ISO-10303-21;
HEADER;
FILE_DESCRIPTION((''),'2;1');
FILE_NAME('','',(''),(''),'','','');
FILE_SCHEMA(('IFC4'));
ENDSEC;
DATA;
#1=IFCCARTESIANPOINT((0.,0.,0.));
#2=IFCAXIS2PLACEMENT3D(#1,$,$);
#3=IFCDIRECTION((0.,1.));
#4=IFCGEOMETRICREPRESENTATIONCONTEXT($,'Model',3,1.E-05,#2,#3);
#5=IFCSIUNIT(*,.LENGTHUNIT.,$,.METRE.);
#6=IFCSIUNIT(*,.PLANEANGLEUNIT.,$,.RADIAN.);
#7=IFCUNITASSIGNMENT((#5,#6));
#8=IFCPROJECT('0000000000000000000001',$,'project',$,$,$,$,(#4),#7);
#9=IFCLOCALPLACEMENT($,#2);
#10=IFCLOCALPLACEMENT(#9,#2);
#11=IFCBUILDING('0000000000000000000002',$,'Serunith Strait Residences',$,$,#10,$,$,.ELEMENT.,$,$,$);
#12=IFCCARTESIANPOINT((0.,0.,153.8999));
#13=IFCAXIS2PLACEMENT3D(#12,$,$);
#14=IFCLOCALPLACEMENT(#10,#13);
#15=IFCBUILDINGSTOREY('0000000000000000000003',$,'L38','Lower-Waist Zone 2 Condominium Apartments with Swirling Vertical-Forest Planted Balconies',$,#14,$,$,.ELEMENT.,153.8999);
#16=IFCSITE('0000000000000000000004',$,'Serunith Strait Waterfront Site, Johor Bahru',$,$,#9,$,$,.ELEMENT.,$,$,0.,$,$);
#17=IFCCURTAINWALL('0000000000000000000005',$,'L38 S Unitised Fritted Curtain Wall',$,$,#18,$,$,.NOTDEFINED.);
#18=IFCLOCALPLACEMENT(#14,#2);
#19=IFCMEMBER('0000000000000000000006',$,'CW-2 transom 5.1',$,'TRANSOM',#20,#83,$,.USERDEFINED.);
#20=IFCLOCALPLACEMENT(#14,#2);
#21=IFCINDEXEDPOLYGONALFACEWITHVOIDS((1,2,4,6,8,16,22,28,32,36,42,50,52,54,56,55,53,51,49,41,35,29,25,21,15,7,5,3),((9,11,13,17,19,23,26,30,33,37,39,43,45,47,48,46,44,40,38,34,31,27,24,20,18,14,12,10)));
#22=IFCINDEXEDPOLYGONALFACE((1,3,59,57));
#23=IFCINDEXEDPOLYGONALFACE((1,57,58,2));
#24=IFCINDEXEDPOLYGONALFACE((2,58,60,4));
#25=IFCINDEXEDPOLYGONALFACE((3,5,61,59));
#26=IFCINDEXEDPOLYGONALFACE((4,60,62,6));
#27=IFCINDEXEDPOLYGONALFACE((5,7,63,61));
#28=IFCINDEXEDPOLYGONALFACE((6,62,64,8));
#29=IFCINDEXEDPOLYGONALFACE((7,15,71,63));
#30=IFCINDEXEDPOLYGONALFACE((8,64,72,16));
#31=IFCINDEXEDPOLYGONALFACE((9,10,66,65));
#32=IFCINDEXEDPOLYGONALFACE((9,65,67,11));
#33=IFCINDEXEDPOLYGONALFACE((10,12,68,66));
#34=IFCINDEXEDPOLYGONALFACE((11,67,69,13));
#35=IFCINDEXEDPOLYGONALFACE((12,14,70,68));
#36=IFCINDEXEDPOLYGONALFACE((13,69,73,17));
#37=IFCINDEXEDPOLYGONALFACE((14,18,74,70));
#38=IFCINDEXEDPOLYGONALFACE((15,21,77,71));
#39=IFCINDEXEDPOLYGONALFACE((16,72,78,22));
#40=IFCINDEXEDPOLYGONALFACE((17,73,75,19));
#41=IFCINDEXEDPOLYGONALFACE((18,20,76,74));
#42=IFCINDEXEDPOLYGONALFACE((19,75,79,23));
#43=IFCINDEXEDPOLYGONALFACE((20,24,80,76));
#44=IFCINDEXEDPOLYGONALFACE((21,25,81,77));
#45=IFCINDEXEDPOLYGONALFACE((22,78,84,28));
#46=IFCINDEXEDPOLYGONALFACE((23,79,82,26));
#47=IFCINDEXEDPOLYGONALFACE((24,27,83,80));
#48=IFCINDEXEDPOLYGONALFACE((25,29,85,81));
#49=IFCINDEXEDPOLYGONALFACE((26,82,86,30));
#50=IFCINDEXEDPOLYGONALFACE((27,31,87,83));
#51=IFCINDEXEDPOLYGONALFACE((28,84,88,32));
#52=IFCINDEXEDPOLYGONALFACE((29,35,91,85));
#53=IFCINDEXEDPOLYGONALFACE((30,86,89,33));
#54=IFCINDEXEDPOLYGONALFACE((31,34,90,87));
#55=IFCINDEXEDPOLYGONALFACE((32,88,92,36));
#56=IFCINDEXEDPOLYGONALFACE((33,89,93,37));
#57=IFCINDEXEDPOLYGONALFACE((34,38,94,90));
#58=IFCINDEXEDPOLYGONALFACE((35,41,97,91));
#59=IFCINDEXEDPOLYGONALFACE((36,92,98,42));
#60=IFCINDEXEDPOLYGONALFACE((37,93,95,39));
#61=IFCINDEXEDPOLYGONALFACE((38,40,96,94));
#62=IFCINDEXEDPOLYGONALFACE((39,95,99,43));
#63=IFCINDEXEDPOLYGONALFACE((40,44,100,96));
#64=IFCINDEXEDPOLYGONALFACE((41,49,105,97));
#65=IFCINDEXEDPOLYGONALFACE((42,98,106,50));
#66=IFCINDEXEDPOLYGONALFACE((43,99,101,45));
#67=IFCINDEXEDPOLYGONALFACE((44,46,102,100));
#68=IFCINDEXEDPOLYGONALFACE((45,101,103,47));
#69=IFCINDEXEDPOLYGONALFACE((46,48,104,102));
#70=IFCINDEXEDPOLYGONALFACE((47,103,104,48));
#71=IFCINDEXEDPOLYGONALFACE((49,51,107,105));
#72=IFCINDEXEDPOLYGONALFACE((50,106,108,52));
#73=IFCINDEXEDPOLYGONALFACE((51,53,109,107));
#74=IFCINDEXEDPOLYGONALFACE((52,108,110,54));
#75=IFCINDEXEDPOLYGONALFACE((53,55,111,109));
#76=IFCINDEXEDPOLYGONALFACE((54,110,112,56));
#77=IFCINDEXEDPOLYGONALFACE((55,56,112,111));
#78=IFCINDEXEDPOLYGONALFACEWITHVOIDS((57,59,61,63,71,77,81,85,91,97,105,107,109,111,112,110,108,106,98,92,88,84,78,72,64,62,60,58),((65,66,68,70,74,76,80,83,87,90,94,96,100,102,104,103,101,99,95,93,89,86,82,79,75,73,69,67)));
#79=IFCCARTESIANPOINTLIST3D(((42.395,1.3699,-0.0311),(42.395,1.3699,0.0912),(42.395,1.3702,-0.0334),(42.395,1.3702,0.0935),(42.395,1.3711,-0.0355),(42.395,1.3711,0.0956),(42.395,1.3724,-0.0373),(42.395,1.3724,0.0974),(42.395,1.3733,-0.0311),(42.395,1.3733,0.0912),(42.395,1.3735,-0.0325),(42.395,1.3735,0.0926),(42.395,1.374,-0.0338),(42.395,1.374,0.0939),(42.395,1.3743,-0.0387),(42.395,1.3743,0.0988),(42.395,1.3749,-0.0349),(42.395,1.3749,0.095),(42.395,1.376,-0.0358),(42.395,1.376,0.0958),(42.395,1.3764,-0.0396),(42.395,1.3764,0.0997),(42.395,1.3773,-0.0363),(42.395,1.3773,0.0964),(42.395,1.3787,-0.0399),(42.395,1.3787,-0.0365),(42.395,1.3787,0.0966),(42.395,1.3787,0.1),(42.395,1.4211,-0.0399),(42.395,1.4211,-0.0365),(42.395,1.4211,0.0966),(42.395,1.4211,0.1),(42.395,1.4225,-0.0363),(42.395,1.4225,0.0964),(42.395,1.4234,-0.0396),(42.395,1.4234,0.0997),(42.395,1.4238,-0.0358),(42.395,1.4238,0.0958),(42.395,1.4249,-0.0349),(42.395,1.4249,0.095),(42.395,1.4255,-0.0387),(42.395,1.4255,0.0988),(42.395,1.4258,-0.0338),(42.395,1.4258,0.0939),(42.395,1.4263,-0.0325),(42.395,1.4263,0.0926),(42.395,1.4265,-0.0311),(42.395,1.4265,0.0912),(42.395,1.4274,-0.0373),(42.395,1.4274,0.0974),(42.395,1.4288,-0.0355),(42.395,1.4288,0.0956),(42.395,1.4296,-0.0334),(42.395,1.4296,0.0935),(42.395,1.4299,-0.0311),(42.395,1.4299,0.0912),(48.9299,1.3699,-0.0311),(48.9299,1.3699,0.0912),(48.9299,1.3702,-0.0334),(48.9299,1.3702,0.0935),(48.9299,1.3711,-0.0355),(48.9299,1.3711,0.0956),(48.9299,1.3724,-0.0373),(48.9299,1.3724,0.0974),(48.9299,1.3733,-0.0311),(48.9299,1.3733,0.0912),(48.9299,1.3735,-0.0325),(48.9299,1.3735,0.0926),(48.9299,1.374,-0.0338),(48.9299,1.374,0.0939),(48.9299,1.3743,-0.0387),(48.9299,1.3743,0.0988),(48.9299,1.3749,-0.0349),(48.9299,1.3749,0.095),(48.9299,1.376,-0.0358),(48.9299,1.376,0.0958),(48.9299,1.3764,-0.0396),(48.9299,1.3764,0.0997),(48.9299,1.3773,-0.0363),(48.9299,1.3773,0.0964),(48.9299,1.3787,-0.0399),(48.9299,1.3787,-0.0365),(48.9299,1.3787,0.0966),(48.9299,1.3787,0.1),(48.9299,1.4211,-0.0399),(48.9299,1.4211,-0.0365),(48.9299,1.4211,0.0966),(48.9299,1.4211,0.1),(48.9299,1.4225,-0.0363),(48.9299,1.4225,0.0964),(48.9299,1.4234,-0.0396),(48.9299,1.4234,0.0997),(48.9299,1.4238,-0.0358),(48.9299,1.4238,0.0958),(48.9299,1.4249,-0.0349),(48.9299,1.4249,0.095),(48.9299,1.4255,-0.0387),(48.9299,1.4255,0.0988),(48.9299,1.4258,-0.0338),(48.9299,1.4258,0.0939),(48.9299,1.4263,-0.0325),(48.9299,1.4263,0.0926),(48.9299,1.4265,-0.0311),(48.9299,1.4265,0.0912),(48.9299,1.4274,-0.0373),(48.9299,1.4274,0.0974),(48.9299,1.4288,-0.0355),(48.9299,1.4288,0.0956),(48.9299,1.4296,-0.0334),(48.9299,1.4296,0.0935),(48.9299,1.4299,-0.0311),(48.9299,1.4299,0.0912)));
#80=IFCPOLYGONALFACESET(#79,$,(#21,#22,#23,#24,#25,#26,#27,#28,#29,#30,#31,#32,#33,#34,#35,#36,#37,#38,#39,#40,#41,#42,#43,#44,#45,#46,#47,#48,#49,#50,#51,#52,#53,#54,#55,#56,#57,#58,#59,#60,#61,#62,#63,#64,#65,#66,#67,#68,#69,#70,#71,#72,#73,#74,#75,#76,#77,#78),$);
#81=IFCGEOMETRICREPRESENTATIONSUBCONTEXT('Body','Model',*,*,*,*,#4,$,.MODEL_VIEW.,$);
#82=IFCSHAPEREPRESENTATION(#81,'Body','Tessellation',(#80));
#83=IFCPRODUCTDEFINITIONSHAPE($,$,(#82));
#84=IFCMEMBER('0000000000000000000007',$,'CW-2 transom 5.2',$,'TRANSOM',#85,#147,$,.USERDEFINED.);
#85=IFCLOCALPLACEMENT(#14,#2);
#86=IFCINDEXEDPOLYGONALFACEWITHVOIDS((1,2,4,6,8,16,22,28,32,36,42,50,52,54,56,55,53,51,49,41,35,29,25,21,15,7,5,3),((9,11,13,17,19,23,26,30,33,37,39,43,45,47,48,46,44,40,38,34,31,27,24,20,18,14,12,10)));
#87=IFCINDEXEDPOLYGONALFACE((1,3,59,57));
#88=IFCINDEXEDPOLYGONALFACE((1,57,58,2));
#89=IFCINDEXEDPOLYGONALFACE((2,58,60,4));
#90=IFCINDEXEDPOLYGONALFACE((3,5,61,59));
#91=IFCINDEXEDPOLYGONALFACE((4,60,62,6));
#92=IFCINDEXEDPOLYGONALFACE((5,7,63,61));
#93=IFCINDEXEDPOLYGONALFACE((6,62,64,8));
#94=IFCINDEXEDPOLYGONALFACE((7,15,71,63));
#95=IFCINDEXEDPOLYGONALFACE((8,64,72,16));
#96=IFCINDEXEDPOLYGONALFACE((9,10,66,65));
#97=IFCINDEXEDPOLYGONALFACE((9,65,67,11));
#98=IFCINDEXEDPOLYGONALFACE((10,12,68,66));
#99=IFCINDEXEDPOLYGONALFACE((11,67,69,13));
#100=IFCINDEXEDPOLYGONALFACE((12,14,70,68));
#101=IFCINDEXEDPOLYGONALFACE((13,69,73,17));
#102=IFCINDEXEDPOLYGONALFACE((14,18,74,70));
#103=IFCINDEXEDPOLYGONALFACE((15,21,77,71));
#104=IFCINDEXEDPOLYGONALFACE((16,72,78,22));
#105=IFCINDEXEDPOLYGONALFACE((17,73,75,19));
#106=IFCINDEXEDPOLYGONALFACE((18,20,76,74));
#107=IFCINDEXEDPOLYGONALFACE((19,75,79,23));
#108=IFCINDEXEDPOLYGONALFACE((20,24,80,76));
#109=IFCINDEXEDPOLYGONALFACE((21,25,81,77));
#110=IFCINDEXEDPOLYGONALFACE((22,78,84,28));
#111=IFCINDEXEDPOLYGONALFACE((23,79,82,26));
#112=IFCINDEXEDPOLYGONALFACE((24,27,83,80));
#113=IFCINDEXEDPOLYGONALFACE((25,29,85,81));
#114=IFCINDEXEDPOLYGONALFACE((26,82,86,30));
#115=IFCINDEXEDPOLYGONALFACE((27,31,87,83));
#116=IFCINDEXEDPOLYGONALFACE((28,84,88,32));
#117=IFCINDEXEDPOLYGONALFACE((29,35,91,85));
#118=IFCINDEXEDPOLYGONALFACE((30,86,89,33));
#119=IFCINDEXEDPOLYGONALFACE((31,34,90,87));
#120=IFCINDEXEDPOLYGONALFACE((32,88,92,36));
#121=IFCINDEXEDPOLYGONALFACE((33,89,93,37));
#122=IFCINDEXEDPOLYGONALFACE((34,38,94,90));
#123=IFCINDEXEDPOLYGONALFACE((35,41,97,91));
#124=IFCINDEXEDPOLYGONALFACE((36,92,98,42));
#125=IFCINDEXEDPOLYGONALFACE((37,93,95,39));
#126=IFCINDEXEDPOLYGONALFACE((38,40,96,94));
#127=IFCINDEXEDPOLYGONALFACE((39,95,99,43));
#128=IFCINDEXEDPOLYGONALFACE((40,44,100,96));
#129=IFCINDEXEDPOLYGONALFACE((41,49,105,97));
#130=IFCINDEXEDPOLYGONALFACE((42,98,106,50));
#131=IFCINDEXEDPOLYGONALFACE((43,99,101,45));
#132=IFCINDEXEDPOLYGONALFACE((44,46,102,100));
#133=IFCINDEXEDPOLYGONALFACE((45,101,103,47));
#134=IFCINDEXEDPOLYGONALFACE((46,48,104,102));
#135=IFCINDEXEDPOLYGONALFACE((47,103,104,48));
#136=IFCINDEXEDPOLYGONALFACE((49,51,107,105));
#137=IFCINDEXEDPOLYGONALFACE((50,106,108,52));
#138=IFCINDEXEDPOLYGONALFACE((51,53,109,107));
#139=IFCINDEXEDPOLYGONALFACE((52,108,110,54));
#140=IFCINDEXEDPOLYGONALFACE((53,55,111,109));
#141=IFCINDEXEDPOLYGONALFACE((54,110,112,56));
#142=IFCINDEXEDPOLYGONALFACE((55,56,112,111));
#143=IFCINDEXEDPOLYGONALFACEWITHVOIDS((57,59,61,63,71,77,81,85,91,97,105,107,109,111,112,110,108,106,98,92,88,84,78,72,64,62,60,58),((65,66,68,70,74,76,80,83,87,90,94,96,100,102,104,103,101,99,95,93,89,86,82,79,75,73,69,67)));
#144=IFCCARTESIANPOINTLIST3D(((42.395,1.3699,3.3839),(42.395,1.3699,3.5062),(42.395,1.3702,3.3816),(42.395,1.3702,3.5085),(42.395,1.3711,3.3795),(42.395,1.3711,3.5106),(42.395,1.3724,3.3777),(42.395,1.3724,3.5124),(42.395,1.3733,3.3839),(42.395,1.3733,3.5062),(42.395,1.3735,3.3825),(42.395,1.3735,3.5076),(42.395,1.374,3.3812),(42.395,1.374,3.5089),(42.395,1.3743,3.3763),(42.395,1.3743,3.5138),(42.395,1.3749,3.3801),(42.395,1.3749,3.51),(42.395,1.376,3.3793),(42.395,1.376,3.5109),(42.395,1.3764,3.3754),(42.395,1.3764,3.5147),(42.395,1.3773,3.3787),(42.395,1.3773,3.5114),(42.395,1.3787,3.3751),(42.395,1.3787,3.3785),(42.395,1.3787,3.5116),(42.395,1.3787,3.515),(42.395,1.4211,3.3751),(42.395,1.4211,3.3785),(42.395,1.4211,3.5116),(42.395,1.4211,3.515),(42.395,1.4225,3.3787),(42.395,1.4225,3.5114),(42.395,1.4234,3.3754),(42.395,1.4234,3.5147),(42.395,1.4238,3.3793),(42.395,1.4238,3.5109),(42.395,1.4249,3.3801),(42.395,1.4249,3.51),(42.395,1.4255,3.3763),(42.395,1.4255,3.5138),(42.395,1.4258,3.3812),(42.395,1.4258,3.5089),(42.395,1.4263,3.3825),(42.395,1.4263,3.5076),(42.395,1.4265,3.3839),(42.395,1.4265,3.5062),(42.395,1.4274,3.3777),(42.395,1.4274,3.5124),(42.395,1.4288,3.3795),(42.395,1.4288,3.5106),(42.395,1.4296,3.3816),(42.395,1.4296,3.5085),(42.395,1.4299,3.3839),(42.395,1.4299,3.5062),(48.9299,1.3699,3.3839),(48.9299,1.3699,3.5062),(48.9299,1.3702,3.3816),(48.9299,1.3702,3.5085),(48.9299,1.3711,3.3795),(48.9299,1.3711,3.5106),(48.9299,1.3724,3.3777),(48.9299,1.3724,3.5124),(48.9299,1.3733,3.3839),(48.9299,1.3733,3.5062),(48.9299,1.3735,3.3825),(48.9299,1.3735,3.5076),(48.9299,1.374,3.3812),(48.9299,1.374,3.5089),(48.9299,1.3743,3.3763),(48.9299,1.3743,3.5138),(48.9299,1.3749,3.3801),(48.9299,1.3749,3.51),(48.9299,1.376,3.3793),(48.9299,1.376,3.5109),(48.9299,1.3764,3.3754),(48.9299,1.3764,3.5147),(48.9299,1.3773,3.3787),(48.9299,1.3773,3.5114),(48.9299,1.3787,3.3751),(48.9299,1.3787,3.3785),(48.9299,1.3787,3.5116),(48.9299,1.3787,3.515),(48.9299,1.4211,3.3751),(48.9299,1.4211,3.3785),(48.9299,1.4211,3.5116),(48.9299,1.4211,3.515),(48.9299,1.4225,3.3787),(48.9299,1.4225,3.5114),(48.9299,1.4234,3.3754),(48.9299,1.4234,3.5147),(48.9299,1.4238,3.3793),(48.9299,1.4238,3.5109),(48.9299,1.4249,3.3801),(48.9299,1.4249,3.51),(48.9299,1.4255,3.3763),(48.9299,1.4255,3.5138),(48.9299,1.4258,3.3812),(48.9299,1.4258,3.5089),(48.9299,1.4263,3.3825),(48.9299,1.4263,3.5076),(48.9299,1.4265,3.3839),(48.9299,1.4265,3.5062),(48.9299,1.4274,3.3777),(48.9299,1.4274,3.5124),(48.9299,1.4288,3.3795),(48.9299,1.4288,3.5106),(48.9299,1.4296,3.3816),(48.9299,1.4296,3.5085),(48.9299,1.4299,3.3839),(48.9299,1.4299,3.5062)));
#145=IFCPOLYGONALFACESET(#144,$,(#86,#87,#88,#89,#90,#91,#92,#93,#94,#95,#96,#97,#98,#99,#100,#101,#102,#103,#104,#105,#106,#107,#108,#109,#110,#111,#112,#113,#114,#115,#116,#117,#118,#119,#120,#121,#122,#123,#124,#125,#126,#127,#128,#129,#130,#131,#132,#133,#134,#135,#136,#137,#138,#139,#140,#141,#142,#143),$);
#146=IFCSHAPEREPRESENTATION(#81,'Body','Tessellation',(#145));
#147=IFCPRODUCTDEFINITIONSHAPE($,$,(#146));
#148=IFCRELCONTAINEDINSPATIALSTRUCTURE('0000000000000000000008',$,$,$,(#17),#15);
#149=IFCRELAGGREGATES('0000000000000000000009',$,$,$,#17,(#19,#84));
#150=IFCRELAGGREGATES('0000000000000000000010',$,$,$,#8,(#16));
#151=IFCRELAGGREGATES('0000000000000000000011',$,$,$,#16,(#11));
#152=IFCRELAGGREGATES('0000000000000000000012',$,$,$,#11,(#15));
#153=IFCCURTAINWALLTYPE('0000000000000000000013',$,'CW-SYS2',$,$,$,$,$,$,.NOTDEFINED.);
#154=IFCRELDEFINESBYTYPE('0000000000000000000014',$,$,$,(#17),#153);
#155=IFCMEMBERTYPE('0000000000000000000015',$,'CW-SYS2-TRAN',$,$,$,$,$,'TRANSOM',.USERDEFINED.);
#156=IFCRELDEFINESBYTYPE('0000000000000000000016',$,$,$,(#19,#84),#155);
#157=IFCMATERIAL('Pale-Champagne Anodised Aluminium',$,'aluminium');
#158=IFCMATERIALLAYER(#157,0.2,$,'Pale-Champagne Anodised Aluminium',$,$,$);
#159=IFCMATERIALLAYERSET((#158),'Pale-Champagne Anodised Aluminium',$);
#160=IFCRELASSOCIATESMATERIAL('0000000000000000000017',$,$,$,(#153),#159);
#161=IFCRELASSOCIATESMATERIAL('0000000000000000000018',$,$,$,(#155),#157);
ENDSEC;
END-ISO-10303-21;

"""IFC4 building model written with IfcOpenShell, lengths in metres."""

from ifc_helpers import new_model, si_unit, direction, frame, origin, origin_2d, place, context, subcontext, project, spatial, hollow_rectangle, extrude, source, transform, mapped, material, layer, layer_set, material_profile, profile_set, type_object, element, aggregate, save


model = new_model("IFC4")

# Units and contexts
model_context = context("Model", 3, precision=1e-05, world=origin(), true_north=direction((0.0, 1.0)))
body_context = subcontext(model_context, "Body", "Model", "MODEL_VIEW")
ifc_project = project(units=[si_unit("LENGTHUNIT", "METRE"), si_unit("PLANEANGLEUNIT", "RADIAN")], contexts=[model_context])

# Site, building, storey
site_placement = place(None, origin())
site = spatial("IfcSite", under=ifc_project, at=site_placement, Name="Serunith Strait Waterfront Site, Johor Bahru", CompositionType="ELEMENT", RefElevation=0.0)
building_placement = place(site_placement, origin())
building = spatial("IfcBuilding", under=site, at=building_placement, Name="Serunith Strait Residences", CompositionType="ELEMENT")
storey_placement = place(building_placement, frame((0.0, 0.0, 153.8999)))
storey = spatial("IfcBuildingStorey", under=building, at=storey_placement, Name="L38", Description="Lower-Waist Zone 2 Condominium Apartments with Swirling Vertical-Forest Planted Balconies", CompositionType="ELEMENT", Elevation=153.8999)

# Curtain wall, members
ifc_material_1 = material(Name="Pale-Champagne Anodised Aluminium", Category="aluminium")
ifc_layer_1 = layer(ifc_material_1, 0.2, Name="Pale-Champagne Anodised Aluminium")
ifc_layer_set_1 = layer_set([ifc_layer_1], Name="Pale-Champagne Anodised Aluminium")
curtain_wall_type = type_object("IfcCurtainWallType", Name="CW-SYS2", PredefinedType="NOTDEFINED", material=ifc_layer_set_1)
curtain_wall_placement = place(storey_placement, origin())
curtain_wall = element("IfcCurtainWall", 1, at=curtain_wall_placement, inside=storey, type_object=curtain_wall_type, Name="L38 S Unitised Fritted Curtain Wall", PredefinedType="NOTDEFINED")
ifc_material_profile_1 = material_profile(ifc_material_1, hollow_rectangle(XDim=0.0601, YDim=0.1399, WallThickness=0.0034, InnerFilletRadius=0.0054, OuterFilletRadius=0.0088, at=origin_2d()), Name="ALU 140x60x3.5")
ifc_profile_set_1 = profile_set([ifc_material_profile_1], Name="Pale-Champagne Anodised Aluminium")
member_type_1 = type_object("IfcMemberType", Name="CW-SYS2-TRAN", ElementType="TRANSOM", PredefinedType="USERDEFINED", material=ifc_profile_set_1)
shared_shape_1 = source(origin(), body_context, "Body", "SweptSolid", [
    extrude(hollow_rectangle(XDim=0.0601, YDim=0.1399, WallThickness=0.0034, InnerFilletRadius=0.0054, OuterFilletRadius=0.0088, at=origin_2d()), origin(), (0.0, 0.0, 1.0), 6.5349),
])
member_1_placement = place(storey_placement, frame((42.395, 1.3999, 0.03), z_axis=(1.0, 0.0, 0.0), x_axis=(0.0, 1.0, 0.0)))
member_1 = element("IfcMember", 2, at=member_1_placement, type_object=member_type_1, Name="CW-2 transom 5.1", ObjectType="TRANSOM", PredefinedType="USERDEFINED", context=body_context, shape_type="MappedRepresentation", body=[
    mapped(shared_shape_1, transform((0.0, 0.0, 0.0), scale=1.0)),
])
member_2_placement = place(storey_placement, frame((42.395, 1.3999, 3.4451), z_axis=(1.0, 0.0, 0.0), x_axis=(0.0, 1.0, 0.0)))
member_2 = element("IfcMember", 3, at=member_2_placement, type_object=member_type_1, Name="CW-2 transom 5.2", ObjectType="TRANSOM", PredefinedType="USERDEFINED", context=body_context, shape_type="MappedRepresentation", body=[
    mapped(shared_shape_1, transform((0.0, 0.0, 0.0), scale=1.0)),
])
aggregate(curtain_wall, [member_1, member_2])

save(model, "model.ifc")
